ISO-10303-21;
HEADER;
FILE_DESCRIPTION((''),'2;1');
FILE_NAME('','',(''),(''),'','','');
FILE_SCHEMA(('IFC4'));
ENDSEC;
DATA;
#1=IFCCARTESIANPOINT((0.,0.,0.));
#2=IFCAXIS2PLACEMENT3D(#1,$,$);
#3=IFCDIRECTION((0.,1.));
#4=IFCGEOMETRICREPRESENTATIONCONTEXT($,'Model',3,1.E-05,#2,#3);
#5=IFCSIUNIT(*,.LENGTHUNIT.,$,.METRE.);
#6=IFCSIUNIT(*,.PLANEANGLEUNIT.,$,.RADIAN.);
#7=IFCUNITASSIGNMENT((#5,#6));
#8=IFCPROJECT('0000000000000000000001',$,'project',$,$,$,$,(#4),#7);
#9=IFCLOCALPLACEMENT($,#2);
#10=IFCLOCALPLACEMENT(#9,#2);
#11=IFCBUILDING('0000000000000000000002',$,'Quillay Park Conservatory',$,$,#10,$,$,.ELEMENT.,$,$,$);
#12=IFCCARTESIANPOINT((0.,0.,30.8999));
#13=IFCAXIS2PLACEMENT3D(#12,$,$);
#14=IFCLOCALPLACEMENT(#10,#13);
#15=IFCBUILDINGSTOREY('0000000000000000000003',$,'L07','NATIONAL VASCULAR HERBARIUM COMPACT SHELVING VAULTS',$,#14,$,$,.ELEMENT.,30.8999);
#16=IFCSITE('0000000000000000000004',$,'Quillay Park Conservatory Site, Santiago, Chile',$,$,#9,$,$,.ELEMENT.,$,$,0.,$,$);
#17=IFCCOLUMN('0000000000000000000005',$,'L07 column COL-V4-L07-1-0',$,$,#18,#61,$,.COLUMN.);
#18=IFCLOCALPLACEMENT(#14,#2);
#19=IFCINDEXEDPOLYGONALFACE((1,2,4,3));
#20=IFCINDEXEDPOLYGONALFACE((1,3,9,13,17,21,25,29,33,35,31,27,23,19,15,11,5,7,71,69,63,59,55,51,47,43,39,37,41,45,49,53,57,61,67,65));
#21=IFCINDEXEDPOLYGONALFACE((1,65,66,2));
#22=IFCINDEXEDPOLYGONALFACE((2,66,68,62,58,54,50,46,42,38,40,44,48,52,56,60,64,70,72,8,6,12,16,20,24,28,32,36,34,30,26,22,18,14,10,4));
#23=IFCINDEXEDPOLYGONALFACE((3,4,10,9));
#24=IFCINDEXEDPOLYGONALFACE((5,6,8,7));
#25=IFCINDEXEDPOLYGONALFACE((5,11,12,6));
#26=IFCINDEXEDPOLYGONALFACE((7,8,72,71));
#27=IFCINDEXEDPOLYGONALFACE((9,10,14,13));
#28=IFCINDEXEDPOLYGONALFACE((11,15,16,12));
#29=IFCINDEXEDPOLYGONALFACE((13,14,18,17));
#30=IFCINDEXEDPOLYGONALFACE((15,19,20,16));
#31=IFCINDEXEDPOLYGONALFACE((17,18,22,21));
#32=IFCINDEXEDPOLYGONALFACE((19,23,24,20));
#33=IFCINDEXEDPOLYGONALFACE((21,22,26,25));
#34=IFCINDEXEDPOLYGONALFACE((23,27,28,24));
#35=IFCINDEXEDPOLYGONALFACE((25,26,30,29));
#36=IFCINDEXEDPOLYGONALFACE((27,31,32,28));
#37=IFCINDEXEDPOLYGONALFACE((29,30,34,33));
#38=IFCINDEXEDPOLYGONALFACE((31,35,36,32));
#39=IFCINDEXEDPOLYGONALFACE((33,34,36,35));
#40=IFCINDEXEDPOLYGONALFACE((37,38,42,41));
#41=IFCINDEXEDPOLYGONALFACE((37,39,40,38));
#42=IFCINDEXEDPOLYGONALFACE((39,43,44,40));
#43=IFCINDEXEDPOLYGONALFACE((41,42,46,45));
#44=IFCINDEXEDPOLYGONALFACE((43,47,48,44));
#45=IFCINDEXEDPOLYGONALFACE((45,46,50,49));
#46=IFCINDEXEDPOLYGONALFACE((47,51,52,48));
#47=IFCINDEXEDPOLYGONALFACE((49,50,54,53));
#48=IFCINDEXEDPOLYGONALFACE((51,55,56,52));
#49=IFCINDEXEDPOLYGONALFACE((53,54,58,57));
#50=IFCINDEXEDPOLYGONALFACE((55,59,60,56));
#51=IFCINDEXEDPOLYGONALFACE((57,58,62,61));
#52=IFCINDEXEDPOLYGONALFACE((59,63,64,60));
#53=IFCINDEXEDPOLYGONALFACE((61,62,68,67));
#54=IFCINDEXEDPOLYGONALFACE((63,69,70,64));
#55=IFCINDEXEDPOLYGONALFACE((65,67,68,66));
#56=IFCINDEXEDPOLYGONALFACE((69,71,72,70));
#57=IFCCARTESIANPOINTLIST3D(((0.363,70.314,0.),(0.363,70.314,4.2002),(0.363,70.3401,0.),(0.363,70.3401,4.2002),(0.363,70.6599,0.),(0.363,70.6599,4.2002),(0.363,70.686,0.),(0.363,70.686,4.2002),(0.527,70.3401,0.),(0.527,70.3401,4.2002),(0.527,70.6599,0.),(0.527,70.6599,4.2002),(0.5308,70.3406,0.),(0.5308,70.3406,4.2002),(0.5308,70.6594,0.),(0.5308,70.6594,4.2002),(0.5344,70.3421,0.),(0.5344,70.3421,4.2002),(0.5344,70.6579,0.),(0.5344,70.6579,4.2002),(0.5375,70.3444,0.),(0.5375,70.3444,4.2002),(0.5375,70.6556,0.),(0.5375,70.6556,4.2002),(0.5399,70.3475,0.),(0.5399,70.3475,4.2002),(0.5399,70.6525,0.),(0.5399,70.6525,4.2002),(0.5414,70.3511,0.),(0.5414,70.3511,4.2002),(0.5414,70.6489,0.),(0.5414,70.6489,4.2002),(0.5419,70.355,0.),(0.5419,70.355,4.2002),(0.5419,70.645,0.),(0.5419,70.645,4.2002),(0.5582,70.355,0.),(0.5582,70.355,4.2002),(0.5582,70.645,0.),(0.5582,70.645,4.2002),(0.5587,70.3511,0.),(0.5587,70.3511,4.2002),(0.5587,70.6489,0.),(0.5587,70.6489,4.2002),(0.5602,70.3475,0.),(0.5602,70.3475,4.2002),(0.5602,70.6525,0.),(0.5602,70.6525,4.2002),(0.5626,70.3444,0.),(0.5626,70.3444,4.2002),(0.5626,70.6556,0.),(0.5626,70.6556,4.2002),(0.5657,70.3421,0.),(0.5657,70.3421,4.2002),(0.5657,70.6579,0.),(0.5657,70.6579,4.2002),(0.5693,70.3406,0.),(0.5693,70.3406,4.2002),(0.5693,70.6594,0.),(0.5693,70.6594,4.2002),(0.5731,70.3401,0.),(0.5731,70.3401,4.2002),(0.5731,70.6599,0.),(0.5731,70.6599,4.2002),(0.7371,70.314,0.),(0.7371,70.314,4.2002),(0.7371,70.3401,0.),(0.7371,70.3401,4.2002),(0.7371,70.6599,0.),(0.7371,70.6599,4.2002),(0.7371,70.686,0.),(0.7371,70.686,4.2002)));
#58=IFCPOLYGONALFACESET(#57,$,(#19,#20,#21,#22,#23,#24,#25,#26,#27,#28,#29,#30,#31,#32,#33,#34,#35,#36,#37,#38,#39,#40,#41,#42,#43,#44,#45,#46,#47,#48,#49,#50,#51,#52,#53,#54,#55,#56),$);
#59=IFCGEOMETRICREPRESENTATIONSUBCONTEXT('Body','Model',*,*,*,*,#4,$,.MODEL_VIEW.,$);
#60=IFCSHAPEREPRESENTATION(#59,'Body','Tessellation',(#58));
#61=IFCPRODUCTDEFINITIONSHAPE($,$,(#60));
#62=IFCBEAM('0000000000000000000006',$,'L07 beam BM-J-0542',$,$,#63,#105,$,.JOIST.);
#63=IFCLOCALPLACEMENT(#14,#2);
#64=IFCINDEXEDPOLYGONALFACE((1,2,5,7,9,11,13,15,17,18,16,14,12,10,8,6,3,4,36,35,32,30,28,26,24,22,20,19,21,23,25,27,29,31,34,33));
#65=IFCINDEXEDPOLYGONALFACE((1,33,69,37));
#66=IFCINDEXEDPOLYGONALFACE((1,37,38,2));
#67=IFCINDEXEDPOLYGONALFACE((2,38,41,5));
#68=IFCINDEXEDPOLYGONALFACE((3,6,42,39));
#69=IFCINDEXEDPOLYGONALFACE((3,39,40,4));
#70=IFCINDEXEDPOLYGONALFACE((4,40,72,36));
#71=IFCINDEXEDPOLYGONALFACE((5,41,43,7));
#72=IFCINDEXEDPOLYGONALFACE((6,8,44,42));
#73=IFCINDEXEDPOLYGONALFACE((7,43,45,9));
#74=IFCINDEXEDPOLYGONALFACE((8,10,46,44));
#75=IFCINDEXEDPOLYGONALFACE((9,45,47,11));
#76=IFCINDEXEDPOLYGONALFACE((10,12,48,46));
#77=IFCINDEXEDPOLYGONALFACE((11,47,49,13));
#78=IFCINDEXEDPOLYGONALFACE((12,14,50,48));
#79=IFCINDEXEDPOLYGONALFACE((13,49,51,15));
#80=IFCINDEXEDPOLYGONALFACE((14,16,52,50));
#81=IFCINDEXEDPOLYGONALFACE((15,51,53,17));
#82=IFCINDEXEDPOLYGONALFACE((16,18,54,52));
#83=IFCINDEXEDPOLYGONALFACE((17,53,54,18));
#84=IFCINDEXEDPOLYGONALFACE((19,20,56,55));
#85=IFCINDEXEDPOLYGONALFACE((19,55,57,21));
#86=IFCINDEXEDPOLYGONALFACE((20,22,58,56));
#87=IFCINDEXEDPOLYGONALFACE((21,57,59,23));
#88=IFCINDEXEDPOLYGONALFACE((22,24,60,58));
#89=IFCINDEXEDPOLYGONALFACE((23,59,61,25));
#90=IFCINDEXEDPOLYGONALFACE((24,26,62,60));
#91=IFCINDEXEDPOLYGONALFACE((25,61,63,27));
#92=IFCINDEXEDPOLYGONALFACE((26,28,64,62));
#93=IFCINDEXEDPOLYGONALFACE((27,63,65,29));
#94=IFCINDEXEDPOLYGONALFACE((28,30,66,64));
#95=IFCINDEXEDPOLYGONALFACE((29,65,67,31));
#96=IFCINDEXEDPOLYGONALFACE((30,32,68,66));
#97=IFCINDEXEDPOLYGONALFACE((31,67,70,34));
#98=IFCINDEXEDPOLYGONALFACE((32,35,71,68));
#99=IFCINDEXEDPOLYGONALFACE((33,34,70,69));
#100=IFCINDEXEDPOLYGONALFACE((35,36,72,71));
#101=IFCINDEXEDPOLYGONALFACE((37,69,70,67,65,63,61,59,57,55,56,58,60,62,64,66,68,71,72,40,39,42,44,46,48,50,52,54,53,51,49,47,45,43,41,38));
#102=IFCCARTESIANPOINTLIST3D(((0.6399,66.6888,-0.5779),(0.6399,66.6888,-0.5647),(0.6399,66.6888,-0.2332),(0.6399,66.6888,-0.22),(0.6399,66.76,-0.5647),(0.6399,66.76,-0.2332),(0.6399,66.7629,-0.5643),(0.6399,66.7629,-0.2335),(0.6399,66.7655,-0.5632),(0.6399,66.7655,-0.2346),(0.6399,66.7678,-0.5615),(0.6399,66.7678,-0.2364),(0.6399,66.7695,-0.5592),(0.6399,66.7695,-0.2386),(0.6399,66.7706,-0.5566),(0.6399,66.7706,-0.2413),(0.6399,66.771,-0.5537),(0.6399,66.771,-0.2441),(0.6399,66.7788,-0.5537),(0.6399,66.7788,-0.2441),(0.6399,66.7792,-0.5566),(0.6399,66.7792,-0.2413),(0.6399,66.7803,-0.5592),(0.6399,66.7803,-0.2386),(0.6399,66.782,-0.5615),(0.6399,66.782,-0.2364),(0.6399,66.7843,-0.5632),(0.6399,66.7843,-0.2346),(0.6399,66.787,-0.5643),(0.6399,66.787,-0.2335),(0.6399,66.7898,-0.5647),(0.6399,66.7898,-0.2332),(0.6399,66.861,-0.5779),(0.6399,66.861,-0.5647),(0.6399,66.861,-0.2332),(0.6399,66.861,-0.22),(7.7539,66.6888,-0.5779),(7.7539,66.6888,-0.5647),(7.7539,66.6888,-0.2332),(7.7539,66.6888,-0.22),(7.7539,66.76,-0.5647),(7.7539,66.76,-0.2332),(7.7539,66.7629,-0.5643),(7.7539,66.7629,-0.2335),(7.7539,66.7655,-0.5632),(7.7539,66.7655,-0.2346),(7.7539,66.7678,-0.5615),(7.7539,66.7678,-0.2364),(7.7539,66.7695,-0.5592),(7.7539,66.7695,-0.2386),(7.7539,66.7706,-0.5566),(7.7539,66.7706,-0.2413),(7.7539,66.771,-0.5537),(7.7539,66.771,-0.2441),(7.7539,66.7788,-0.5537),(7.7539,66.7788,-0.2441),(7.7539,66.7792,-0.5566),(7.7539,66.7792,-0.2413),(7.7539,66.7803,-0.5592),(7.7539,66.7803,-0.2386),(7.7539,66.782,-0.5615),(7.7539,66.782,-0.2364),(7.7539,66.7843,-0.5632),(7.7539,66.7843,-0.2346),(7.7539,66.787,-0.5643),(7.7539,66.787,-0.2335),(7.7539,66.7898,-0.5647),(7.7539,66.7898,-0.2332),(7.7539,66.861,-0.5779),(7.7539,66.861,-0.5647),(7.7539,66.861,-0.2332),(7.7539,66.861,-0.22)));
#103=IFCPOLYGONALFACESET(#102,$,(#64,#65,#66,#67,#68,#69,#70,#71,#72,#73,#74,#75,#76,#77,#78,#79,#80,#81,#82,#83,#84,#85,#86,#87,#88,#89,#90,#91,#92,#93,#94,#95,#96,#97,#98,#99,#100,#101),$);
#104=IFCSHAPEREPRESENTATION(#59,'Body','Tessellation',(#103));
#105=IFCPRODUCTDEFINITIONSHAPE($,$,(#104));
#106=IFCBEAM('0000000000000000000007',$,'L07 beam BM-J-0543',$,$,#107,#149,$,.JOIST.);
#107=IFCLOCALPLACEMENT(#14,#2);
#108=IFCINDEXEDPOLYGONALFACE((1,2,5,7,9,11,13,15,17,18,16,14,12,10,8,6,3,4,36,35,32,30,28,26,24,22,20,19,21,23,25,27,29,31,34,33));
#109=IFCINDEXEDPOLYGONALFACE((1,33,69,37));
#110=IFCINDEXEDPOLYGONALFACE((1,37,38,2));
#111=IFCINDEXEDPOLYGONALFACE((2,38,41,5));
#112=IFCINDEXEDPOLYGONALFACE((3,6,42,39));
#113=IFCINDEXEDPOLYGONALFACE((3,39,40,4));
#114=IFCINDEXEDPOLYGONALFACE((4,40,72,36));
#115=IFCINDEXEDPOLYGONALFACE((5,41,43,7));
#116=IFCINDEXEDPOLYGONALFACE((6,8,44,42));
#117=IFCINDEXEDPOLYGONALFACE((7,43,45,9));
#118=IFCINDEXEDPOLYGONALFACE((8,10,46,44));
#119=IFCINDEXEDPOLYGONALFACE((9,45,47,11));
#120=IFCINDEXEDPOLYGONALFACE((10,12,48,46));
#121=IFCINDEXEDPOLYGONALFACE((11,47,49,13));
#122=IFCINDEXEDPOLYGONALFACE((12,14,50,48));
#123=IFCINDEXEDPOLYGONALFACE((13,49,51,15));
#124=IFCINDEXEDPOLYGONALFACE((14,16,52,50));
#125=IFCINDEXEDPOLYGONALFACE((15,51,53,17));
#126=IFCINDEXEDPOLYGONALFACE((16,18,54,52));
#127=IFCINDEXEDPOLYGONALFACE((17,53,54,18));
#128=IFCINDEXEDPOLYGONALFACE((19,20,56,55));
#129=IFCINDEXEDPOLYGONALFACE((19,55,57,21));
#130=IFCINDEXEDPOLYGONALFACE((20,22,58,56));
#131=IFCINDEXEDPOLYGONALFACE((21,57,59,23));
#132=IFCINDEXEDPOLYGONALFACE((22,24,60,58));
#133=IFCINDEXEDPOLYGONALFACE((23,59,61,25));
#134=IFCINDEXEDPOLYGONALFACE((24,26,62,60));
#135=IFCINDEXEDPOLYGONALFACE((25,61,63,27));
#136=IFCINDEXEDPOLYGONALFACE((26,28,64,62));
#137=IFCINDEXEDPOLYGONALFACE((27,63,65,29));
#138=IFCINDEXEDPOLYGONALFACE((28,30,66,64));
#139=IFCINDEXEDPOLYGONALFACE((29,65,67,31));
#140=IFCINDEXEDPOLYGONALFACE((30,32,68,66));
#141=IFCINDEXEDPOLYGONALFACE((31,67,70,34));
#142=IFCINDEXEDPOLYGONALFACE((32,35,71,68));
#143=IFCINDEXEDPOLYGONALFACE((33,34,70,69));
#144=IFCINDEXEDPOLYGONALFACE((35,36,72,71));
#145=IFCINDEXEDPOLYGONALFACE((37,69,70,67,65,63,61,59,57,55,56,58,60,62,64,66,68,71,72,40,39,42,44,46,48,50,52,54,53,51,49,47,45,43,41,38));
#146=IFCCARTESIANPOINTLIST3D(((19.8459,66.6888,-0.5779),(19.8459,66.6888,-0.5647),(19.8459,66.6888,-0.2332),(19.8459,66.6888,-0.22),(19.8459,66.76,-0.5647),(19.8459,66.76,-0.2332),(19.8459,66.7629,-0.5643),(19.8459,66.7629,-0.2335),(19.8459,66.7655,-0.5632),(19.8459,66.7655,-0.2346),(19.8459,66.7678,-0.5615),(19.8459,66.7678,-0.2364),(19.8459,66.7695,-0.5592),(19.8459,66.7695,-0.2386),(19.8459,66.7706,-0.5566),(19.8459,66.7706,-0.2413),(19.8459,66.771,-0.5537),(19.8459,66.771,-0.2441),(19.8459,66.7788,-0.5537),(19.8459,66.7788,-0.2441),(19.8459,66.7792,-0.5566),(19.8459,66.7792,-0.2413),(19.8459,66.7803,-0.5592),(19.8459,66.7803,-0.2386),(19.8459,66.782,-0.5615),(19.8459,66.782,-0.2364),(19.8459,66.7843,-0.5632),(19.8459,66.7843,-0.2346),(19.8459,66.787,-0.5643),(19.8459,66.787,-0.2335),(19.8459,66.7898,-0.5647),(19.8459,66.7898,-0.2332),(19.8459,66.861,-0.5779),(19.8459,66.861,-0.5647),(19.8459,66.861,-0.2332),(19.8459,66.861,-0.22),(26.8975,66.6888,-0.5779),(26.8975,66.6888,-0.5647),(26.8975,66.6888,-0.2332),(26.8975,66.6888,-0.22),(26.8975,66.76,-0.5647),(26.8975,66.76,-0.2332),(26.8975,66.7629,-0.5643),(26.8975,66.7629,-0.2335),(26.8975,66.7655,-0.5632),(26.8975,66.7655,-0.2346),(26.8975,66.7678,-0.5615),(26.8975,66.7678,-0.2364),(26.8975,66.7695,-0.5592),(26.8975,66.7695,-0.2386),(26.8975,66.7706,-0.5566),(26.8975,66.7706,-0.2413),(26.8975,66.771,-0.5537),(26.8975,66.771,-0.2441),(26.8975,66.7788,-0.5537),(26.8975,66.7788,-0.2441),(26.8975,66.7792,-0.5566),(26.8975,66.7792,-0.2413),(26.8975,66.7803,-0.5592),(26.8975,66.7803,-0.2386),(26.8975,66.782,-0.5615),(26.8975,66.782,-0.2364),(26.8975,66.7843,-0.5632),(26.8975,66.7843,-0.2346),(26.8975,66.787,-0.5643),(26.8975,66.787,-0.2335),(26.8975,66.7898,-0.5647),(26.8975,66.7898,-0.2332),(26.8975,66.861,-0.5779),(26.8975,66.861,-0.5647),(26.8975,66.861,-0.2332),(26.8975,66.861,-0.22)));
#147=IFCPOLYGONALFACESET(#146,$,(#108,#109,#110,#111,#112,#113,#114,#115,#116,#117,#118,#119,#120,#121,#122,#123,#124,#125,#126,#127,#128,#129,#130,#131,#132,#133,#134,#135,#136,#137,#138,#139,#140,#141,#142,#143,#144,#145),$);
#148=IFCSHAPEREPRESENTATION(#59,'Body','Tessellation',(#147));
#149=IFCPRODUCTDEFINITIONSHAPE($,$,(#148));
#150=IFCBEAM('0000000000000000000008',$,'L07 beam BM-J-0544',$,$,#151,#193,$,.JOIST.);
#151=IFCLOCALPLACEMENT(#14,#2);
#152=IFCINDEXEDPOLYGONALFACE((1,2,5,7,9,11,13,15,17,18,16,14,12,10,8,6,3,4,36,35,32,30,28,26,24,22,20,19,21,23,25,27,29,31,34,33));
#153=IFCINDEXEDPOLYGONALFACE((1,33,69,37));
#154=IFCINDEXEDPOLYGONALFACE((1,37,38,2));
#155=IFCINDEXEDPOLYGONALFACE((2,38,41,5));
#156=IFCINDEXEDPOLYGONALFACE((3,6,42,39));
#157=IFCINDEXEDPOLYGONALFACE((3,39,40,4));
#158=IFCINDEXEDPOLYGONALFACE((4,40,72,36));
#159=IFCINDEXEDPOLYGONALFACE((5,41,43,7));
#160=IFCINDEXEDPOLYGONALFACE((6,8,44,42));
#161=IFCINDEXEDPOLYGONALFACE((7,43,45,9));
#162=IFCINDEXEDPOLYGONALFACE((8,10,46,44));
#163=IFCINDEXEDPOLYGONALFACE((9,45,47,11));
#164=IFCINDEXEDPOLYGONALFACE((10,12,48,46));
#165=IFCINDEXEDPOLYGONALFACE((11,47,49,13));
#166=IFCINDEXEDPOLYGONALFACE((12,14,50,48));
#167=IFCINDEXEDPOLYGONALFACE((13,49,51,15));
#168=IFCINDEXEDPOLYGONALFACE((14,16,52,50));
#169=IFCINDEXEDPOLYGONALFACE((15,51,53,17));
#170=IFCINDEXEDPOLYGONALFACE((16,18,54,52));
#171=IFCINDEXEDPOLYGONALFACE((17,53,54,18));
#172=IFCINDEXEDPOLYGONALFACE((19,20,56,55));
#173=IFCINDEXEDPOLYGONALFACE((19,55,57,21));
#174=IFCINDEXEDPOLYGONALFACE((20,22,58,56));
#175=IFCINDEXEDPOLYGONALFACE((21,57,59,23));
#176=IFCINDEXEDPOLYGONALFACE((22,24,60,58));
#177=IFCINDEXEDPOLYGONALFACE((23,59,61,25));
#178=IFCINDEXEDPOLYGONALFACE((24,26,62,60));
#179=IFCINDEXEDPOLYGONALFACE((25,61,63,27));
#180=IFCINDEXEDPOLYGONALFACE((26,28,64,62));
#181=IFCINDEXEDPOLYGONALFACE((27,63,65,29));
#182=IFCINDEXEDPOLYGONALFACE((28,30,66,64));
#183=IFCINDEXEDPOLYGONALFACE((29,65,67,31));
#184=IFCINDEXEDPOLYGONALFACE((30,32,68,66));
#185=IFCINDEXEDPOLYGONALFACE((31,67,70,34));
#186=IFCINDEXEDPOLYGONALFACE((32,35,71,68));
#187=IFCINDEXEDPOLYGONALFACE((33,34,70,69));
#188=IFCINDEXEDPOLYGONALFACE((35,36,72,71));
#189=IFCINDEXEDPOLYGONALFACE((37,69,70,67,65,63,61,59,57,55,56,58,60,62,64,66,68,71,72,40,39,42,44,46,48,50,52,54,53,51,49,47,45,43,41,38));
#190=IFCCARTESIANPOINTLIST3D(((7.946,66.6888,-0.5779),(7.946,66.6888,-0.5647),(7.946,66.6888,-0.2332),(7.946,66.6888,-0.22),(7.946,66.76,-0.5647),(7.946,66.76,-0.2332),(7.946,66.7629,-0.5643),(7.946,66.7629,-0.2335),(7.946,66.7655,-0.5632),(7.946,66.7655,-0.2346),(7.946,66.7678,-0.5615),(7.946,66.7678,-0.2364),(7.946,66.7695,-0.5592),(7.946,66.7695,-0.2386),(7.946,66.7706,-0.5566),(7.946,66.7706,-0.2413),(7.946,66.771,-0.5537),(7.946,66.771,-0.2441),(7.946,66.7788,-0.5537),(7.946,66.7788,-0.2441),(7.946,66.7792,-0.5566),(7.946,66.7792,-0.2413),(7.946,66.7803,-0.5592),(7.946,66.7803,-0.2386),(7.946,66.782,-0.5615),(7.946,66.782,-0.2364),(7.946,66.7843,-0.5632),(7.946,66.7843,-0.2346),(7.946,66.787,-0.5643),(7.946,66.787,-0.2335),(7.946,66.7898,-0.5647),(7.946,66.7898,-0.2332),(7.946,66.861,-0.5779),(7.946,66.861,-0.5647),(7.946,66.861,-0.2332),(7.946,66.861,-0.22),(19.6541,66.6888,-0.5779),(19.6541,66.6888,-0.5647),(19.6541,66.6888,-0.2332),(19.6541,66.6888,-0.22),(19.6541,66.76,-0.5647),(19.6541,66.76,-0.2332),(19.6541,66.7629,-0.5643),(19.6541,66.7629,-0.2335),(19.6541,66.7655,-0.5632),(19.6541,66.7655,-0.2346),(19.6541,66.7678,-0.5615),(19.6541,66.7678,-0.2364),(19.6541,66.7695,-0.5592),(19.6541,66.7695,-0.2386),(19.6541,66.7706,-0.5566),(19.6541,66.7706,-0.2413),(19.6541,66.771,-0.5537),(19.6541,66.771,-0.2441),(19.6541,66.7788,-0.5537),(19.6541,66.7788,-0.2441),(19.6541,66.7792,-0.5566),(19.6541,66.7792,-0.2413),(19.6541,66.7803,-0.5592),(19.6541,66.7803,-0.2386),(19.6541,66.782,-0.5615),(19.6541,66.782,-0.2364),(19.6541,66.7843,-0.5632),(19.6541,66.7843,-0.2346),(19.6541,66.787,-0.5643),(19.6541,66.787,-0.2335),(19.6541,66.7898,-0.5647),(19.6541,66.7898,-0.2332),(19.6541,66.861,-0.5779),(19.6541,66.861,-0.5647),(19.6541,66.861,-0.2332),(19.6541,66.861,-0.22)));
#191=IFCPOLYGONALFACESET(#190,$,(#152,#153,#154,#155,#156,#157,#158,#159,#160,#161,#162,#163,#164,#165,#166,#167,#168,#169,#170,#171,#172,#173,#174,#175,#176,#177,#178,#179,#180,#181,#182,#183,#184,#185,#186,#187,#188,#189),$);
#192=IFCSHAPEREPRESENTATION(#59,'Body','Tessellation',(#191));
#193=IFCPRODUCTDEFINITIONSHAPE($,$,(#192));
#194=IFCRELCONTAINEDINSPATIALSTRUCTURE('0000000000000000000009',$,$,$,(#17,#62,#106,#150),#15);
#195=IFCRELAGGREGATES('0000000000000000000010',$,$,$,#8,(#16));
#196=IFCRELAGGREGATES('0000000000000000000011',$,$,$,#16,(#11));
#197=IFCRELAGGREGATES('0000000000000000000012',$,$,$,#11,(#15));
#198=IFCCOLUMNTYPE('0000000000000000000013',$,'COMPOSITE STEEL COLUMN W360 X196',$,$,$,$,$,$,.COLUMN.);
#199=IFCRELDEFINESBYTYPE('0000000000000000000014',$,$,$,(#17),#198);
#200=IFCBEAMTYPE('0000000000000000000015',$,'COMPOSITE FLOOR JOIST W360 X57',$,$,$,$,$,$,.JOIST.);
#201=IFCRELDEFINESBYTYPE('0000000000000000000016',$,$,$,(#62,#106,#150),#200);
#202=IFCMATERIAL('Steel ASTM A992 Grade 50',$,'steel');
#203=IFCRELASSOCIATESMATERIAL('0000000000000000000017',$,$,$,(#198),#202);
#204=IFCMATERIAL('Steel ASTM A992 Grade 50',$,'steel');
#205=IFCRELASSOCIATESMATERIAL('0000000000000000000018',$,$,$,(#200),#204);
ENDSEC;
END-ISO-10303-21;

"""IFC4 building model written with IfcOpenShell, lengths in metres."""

from ifc_helpers import new_model, si_unit, direction, frame, origin, origin_2d, place, context, subcontext, project, spatial, i_section, extrude, material, material_profile, profile_set, type_object, element, save


model = new_model("IFC4")

# Units and contexts
model_context = context("Model", 3, precision=1e-05, world=origin(), true_north=direction((0.0, 1.0)))
body_context = subcontext(model_context, "Body", "Model", "MODEL_VIEW")
ifc_project = project(units=[si_unit("LENGTHUNIT", "METRE"), si_unit("PLANEANGLEUNIT", "RADIAN")], contexts=[model_context])

# Site, building, storey
site_placement = place(None, origin())
site = spatial("IfcSite", under=ifc_project, at=site_placement, Name="Quillay Park Conservatory Site, Santiago, Chile", CompositionType="ELEMENT", RefElevation=0.0)
building_placement = place(site_placement, origin())
building = spatial("IfcBuilding", under=site, at=building_placement, Name="Quillay Park Conservatory", CompositionType="ELEMENT")
storey_placement = place(building_placement, frame((0.0, 0.0, 30.8999)))
storey = spatial("IfcBuildingStorey", under=building, at=storey_placement, Name="L07", Description="NATIONAL VASCULAR HERBARIUM COMPACT SHELVING VAULTS", CompositionType="ELEMENT", Elevation=30.8999)

# Column
ifc_material_1 = material(Name="Steel ASTM A992 Grade 50", Category="steel")
ifc_material_profile_1 = material_profile(ifc_material_1, i_section(OverallWidth=0.374, OverallDepth=0.3721, WebThickness=0.0164, FlangeThickness=0.0261, FilletRadius=0.0149, at=origin_2d()), Name="W360x196")
ifc_profile_set_1 = profile_set([ifc_material_profile_1], Name="Steel ASTM A992 Grade 50")
column_type = type_object("IfcColumnType", Name="COMPOSITE STEEL COLUMN W360 X196", PredefinedType="COLUMN", material=ifc_profile_set_1)
column_placement = place(storey_placement, frame((0.55, 70.5, 0.0), z_axis=(0.0, 0.0, 1.0), x_axis=(1.0, 0.0, 0.0)))
element("IfcColumn", 1, at=column_placement, inside=storey, type_object=column_type, Name="L07 column COL-V4-L07-1-0", PredefinedType="COLUMN", context=body_context, shape_type="SweptSolid", body=[
    extrude(i_section(OverallWidth=0.374, OverallDepth=0.3721, WebThickness=0.0164, FlangeThickness=0.0261, FilletRadius=0.0149, at=origin_2d()), origin(), (0.0, 0.0, 1.0), 4.2002),
])

# Beams
ifc_material_2 = material(Name="Steel ASTM A992 Grade 50", Category="steel")
ifc_material_profile_2 = material_profile(ifc_material_2, i_section(OverallWidth=0.1721, OverallDepth=0.3579, WebThickness=0.0078, FlangeThickness=0.0132, FilletRadius=0.011, at=origin_2d()), Name="W360x57")
ifc_profile_set_2 = profile_set([ifc_material_profile_2], Name="Steel ASTM A992 Grade 50")
beam_type_1 = type_object("IfcBeamType", Name="COMPOSITE FLOOR JOIST W360 X57", PredefinedType="JOIST", material=ifc_profile_set_2)
beam_1_placement = place(storey_placement, frame((0.6399, 66.7749, -0.3989), z_axis=(1.0, 0.0, 0.0), x_axis=(0.0, 1.0, 0.0)))
element("IfcBeam", 2, at=beam_1_placement, inside=storey, type_object=beam_type_1, Name="L07 beam BM-J-0542", PredefinedType="JOIST", context=body_context, shape_type="SweptSolid", body=[
    extrude(i_section(OverallWidth=0.1721, OverallDepth=0.3579, WebThickness=0.0078, FlangeThickness=0.0132, FilletRadius=0.011, at=origin_2d()), origin(), (0.0, 0.0, 1.0), 7.114),
])
beam_2_placement = place(storey_placement, frame((19.8459, 66.7749, -0.3989), z_axis=(1.0, 0.0, 0.0), x_axis=(0.0, 1.0, 0.0)))
element("IfcBeam", 3, at=beam_2_placement, inside=storey, type_object=beam_type_1, Name="L07 beam BM-J-0543", PredefinedType="JOIST", context=body_context, shape_type="SweptSolid", body=[
    extrude(i_section(OverallWidth=0.1721, OverallDepth=0.3579, WebThickness=0.0078, FlangeThickness=0.0132, FilletRadius=0.011, at=origin_2d()), origin(), (0.0, 0.0, 1.0), 7.0515),
])
beam_3_placement = place(storey_placement, frame((7.946, 66.7749, -0.3989), z_axis=(1.0, 0.0, 0.0), x_axis=(0.0, 1.0, 0.0)))
element("IfcBeam", 4, at=beam_3_placement, inside=storey, type_object=beam_type_1, Name="L07 beam BM-J-0544", PredefinedType="JOIST", context=body_context, shape_type="SweptSolid", body=[
    extrude(i_section(OverallWidth=0.1721, OverallDepth=0.3579, WebThickness=0.0078, FlangeThickness=0.0132, FilletRadius=0.011, at=origin_2d()), origin(), (0.0, 0.0, 1.0), 11.708),
])

save(model, "model.ifc")
